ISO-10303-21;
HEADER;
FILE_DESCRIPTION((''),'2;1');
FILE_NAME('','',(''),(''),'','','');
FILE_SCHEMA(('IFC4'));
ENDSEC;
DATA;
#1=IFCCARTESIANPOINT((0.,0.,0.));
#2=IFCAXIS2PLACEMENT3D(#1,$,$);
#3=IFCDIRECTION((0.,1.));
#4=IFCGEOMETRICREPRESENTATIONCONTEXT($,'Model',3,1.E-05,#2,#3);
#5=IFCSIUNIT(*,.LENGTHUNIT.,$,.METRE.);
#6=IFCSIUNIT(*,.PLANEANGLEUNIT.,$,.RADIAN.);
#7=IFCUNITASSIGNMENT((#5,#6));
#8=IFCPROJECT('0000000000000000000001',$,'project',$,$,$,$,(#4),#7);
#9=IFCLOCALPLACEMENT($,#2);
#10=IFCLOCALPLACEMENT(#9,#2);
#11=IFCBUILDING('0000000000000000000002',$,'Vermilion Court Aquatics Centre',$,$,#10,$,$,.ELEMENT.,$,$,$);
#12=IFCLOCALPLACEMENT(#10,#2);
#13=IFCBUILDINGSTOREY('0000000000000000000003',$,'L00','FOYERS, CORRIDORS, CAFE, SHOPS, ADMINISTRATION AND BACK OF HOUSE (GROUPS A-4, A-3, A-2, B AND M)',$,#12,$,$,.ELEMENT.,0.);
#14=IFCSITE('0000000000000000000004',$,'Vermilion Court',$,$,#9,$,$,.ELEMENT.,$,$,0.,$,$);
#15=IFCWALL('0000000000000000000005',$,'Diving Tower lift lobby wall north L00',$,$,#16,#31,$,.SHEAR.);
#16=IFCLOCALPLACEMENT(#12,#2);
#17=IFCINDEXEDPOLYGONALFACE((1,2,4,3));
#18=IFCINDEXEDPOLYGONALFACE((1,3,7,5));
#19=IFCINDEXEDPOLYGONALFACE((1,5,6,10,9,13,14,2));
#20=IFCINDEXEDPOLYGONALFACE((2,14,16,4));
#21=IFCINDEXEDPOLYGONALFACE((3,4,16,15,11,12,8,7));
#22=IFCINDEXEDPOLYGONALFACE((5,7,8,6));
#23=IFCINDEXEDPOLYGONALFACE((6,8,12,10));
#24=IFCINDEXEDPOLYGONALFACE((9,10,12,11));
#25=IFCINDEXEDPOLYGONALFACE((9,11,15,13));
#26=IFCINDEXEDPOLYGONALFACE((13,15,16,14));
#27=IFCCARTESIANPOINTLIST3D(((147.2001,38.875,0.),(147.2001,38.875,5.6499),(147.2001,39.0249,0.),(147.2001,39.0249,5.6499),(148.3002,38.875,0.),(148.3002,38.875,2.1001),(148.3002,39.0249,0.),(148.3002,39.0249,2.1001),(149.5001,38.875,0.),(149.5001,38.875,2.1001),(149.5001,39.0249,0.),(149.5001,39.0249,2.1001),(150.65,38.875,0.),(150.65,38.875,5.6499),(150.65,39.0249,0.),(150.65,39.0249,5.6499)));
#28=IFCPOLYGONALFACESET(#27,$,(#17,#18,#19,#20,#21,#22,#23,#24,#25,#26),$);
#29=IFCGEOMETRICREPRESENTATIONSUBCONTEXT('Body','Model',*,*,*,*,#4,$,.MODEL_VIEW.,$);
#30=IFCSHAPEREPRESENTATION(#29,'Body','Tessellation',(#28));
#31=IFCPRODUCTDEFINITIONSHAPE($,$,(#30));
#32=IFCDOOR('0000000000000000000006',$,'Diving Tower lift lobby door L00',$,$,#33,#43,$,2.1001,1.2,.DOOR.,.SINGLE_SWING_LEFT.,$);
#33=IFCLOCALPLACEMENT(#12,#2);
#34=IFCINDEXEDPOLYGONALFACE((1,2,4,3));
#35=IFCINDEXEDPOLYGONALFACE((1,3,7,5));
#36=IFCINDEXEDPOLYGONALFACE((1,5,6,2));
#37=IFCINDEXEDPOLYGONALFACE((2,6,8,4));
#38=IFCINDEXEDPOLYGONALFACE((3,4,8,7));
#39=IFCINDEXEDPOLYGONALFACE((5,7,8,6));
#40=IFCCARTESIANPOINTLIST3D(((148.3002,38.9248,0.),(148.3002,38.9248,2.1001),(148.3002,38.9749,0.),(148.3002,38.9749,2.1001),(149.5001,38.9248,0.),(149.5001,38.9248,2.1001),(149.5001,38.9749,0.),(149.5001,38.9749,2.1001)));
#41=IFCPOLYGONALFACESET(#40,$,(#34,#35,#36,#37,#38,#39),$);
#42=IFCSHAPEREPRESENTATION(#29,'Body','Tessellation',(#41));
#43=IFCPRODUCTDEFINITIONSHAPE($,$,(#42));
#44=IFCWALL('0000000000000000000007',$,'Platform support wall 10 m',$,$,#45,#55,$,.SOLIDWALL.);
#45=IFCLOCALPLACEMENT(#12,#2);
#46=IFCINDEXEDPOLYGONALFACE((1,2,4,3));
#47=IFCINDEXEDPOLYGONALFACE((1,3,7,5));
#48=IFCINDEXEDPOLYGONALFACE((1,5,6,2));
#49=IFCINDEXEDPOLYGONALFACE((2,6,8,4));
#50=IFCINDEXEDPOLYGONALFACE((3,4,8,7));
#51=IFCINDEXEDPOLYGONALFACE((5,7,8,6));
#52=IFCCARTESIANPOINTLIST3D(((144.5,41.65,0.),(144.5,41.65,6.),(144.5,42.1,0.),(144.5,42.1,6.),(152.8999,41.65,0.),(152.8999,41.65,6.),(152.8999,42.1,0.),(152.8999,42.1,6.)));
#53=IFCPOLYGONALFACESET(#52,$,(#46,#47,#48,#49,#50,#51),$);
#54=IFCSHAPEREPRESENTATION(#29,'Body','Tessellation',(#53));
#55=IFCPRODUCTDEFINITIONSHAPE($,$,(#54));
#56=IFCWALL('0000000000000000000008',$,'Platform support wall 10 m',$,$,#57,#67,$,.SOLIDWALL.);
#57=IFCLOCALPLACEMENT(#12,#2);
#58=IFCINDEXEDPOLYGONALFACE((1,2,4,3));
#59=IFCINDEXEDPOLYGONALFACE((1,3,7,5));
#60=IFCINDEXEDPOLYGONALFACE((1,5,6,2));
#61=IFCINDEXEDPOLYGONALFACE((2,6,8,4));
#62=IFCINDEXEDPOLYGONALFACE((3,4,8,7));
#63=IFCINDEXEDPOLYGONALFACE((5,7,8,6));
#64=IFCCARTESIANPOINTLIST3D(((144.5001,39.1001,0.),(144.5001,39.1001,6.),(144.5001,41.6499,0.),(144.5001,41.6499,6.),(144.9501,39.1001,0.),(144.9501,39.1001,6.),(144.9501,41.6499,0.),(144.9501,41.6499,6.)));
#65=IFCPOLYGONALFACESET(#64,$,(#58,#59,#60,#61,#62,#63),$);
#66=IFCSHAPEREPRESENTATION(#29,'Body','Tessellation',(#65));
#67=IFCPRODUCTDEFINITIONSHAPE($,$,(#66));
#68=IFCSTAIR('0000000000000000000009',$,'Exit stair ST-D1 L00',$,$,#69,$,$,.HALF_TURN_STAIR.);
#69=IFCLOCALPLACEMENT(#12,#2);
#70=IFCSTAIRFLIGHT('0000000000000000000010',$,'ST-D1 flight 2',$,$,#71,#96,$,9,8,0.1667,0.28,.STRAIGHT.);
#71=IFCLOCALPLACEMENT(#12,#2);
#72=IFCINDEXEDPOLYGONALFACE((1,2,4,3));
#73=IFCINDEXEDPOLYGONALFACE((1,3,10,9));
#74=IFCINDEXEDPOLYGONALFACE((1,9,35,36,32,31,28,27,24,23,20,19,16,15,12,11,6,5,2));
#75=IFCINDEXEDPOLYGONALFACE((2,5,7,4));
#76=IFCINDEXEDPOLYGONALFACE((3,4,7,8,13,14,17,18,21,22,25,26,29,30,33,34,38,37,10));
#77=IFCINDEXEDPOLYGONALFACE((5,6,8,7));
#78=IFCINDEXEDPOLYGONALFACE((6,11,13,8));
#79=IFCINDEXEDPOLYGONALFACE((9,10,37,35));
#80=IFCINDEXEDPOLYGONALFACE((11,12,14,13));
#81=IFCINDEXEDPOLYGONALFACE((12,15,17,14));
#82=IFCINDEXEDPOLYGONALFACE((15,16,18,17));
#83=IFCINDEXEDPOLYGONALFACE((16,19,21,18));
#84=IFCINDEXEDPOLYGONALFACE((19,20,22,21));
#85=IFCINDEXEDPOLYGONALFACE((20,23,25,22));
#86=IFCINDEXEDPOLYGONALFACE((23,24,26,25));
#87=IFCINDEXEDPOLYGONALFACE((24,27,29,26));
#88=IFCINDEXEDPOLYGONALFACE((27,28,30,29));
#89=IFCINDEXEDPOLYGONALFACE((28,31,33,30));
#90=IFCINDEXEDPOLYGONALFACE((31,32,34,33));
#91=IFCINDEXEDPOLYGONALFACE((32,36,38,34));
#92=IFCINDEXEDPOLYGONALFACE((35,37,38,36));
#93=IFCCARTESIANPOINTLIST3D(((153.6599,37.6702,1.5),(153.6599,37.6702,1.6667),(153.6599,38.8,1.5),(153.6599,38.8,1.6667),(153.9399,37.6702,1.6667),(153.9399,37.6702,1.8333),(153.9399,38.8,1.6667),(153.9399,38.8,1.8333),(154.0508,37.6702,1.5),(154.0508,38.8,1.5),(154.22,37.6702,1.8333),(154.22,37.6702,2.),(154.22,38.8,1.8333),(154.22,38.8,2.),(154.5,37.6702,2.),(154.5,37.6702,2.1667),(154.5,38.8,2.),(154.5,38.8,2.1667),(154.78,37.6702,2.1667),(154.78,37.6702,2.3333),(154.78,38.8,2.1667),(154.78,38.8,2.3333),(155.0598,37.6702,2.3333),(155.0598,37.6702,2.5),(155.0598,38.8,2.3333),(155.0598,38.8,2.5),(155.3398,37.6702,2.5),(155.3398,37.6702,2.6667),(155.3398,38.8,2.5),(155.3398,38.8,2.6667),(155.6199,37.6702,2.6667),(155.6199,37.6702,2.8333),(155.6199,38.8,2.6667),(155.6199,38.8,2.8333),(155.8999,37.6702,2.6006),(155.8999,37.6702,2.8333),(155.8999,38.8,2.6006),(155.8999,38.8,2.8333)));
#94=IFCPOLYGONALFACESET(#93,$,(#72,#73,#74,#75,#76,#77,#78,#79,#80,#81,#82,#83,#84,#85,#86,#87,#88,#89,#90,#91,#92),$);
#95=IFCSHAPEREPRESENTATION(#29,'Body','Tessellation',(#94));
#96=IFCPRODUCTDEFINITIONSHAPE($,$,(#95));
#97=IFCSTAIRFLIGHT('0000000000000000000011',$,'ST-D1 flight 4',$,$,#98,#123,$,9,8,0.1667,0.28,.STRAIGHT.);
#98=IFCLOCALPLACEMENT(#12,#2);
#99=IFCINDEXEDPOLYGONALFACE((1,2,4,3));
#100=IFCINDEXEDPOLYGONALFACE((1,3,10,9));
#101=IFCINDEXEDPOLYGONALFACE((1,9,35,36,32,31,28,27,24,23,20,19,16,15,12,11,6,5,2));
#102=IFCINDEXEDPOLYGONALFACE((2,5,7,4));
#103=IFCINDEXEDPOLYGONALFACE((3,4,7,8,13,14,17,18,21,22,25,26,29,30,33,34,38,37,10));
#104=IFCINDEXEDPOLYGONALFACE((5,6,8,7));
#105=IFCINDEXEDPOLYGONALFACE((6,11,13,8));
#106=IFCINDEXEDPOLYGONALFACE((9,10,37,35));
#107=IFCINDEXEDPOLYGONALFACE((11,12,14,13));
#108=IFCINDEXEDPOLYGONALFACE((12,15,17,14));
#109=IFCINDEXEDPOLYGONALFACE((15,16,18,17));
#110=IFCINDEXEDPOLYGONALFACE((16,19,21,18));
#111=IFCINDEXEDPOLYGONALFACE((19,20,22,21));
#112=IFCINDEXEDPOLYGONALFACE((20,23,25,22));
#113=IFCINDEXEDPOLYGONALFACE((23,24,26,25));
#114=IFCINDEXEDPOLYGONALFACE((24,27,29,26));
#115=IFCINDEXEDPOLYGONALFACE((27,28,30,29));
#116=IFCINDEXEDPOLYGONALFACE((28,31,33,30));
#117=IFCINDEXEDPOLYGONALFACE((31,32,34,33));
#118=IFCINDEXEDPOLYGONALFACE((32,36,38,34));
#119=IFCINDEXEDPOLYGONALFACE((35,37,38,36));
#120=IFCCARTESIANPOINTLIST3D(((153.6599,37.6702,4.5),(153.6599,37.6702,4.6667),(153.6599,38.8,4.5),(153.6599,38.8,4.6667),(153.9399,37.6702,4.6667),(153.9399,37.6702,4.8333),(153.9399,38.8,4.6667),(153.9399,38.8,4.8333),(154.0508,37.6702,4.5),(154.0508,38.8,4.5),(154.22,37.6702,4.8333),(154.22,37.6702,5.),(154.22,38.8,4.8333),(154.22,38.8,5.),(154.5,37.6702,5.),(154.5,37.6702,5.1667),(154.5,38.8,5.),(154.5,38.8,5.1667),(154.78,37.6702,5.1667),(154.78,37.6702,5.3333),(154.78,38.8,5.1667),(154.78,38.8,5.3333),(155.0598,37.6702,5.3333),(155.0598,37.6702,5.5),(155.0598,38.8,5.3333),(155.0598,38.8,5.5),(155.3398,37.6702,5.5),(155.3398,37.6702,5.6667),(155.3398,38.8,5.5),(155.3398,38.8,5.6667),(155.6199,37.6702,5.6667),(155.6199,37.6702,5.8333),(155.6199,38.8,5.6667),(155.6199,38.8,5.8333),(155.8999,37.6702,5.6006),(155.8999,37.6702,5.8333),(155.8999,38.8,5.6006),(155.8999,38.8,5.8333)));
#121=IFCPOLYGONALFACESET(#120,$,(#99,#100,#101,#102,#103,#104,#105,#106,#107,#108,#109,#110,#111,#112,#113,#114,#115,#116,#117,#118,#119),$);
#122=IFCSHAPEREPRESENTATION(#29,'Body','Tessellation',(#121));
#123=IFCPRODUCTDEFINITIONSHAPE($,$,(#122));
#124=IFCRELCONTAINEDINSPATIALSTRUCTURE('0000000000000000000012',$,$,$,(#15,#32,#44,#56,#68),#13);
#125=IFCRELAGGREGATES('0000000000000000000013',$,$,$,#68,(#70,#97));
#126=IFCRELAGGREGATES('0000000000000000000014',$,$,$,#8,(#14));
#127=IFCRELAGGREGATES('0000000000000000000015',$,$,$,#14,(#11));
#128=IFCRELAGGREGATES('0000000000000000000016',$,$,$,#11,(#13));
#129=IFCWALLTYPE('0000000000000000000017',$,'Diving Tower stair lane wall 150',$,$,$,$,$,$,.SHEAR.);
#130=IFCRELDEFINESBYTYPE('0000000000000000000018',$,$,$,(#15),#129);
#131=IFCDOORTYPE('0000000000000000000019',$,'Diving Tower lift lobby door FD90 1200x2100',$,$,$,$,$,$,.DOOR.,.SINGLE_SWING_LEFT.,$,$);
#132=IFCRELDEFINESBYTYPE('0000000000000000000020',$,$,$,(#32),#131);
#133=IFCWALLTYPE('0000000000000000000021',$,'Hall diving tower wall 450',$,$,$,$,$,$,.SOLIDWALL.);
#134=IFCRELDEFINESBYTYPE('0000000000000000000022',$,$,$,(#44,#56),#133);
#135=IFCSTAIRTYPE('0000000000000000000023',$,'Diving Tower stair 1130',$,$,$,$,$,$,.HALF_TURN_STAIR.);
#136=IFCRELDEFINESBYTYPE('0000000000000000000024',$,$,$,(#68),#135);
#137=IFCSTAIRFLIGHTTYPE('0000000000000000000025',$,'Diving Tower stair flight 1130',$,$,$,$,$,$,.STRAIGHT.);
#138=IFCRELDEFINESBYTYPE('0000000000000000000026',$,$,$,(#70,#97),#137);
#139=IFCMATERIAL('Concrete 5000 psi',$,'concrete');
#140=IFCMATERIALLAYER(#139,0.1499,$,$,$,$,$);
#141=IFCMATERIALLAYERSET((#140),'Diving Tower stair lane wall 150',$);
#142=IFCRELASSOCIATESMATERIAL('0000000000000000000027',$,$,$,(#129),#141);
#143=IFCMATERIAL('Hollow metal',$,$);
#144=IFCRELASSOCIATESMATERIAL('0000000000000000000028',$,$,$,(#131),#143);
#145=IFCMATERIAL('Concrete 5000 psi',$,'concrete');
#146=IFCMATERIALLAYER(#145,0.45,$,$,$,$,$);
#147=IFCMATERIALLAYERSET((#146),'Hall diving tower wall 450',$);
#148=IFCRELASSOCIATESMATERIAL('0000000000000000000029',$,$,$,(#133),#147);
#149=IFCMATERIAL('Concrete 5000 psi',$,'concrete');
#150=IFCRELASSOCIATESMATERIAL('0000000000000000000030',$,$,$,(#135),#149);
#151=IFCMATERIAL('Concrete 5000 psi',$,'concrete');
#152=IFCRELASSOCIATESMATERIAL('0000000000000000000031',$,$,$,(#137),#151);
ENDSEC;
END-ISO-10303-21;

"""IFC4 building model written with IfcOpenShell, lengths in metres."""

from ifc_helpers import new_model, si_unit, direction, frame, frame_2d, origin, place, context, subcontext, project, spatial, polyline, rectangle, outline, extrude, material, layer, layer_set, type_object, element, fill, aggregate, save


model = new_model("IFC4")

# Units and contexts
model_context = context("Model", 3, precision=1e-05, world=origin(), true_north=direction((0.0, 1.0)))
body_context = subcontext(model_context, "Body", "Model", "MODEL_VIEW")
ifc_project = project(units=[si_unit("LENGTHUNIT", "METRE"), si_unit("PLANEANGLEUNIT", "RADIAN")], contexts=[model_context])

# Site, building, storey
site_placement = place(None, origin())
site = spatial("IfcSite", under=ifc_project, at=site_placement, Name="Vermilion Court", CompositionType="ELEMENT", RefElevation=0.0)
building_placement = place(site_placement, origin())
building = spatial("IfcBuilding", under=site, at=building_placement, Name="Vermilion Court Aquatics Centre", CompositionType="ELEMENT")
storey_placement = place(building_placement, origin())
storey = spatial("IfcBuildingStorey", under=building, at=storey_placement, Name="L00", Description="FOYERS, CORRIDORS, CAFE, SHOPS, ADMINISTRATION AND BACK OF HOUSE (GROUPS A-4, A-3, A-2, B AND M)", CompositionType="ELEMENT", Elevation=0.0)

# Wall, opening, door
ifc_material_1 = material(Name="Concrete 5000 psi", Category="concrete")
ifc_layer_1 = layer(ifc_material_1, 0.1499)
ifc_layer_set_1 = layer_set([ifc_layer_1], Name="Diving Tower stair lane wall 150")
wall_type_1 = type_object("IfcWallType", Name="Diving Tower stair lane wall 150", PredefinedType="SHEAR", material=ifc_layer_set_1)
wall_1_placement = place(storey_placement, frame((147.2, 38.95, 0.0), z_axis=(0.0, 0.0, 1.0), x_axis=(1.0, 0.0, 0.0)))
wall_1 = element("IfcWall", 1, at=wall_1_placement, inside=storey, type_object=wall_type_1, Name="Diving Tower lift lobby wall north L00", PredefinedType="SHEAR", context=body_context, shape_type="SweptSolid", body=[
    extrude(rectangle(XDim=3.45, YDim=0.1499, at=frame_2d((1.7251, 0.0))), origin(), (0.0, 0.0, 1.0), 5.6499),
])
opening_1_placement = place(wall_1_placement, frame((1.1001, 0.0, 0.0)))
opening_1 = element("IfcOpeningElement", 2, at=opening_1_placement, cuts=wall_1, PredefinedType="OPENING", context=body_context, shape_type="SweptSolid", body=[
    extrude(rectangle(XDim=1.2, YDim=2.1001, at=frame_2d((0.6001, 1.05))), frame((0.0, 0.085, 0.0), z_axis=(0.0, -1.0, 0.0), x_axis=(1.0, 0.0, 0.0)), (0.0, 0.0, 1.0), 0.1699),
])
ifc_material_2 = material(Name="Hollow metal")
door_type_1 = type_object("IfcDoorType", Name="Diving Tower lift lobby door FD90 1200x2100", OperationType="SINGLE_SWING_LEFT", PredefinedType="DOOR", material=ifc_material_2)
door_1_placement = place(opening_1_placement, origin())
door_1 = element("IfcDoor", 3, at=door_1_placement, inside=storey, type_object=door_type_1, Name="Diving Tower lift lobby door L00", OperationType="SINGLE_SWING_LEFT", OverallHeight=2.1001, OverallWidth=1.2, PredefinedType="DOOR", context=body_context, shape_type="SweptSolid", body=[
    extrude(rectangle(XDim=1.2, YDim=2.1001, at=frame_2d((0.6001, 1.05))), frame((0.0, 0.0249, 0.0), z_axis=(0.0, -1.0, 0.0), x_axis=(1.0, 0.0, 0.0)), (0.0, 0.0, 1.0), 0.05),
])
fill(opening_1, door_1)

# Walls
ifc_material_3 = material(Name="Concrete 5000 psi", Category="concrete")
ifc_layer_2 = layer(ifc_material_3, 0.45)
ifc_layer_set_2 = layer_set([ifc_layer_2], Name="Hall diving tower wall 450")
wall_type_2 = type_object("IfcWallType", Name="Hall diving tower wall 450", PredefinedType="SOLIDWALL", material=ifc_layer_set_2)
wall_2_placement = place(storey_placement, frame((144.5, 41.875, 0.0), z_axis=(0.0, 0.0, 1.0), x_axis=(1.0, 0.0, 0.0)))
element("IfcWall", 4, at=wall_2_placement, inside=storey, type_object=wall_type_2, Name="Platform support wall 10 m", PredefinedType="SOLIDWALL", context=body_context, shape_type="SweptSolid", body=[
    extrude(rectangle(XDim=8.3999, YDim=0.45, at=frame_2d((4.2, 0.0))), origin(), (0.0, 0.0, 1.0), 6.0),
])
wall_3_placement = place(storey_placement, frame((144.7251, 39.1001, 0.0), z_axis=(0.0, 0.0, 1.0), x_axis=(0.0, 1.0, 0.0)))
element("IfcWall", 5, at=wall_3_placement, inside=storey, type_object=wall_type_2, Name="Platform support wall 10 m", PredefinedType="SOLIDWALL", context=body_context, shape_type="SweptSolid", body=[
    extrude(rectangle(XDim=2.5498, YDim=0.45, at=frame_2d((1.2749, 0.0))), origin(), (0.0, 0.0, 1.0), 6.0),
])

# Stair, stair flights
ifc_material_4 = material(Name="Concrete 5000 psi", Category="concrete")
stair_type = type_object("IfcStairType", Name="Diving Tower stair 1130", PredefinedType="HALF_TURN_STAIR", material=ifc_material_4)
stair_placement = place(storey_placement, origin())
stair = element("IfcStair", 6, at=stair_placement, inside=storey, type_object=stair_type, Name="Exit stair ST-D1 L00", PredefinedType="HALF_TURN_STAIR")
ifc_material_5 = material(Name="Concrete 5000 psi", Category="concrete")
stair_flight_type = type_object("IfcStairFlightType", Name="Diving Tower stair flight 1130", PredefinedType="STRAIGHT", material=ifc_material_5)
stair_flight_1_placement = place(storey_placement, frame((153.6599, 38.2351, 1.5), z_axis=(0.0, 0.0, 1.0), x_axis=(1.0, 0.0, 0.0)))
stair_flight_1 = element("IfcStairFlight", 7, at=stair_flight_1_placement, type_object=stair_flight_type, Name="ST-D1 flight 2", NumberOfRisers=9, NumberOfTreads=8, PredefinedType="STRAIGHT", RiserHeight=0.1667, TreadLength=0.28, context=body_context, shape_type="SweptSolid", body=[
    extrude(outline(polyline([(0.0, 0.0), (0.0, 0.1667), (0.28, 0.1667), (0.28, 0.3333), (0.5601, 0.3333), (0.5601, 0.5), (0.8401, 0.5), (0.8401, 0.6667), (1.1201, 0.6667), (1.1201, 0.8333), (1.3999, 0.8333), (1.3999, 1.0), (1.6799, 1.0), (1.6799, 1.1667), (1.96, 1.1667), (1.96, 1.3333), (2.24, 1.3333), (2.24, 1.5), (2.24, 1.1006), (0.3909, 0.0), (0.0, 0.0)])), frame((0.0, 0.5649, 0.0), z_axis=(0.0, -1.0, 0.0), x_axis=(1.0, 0.0, 0.0)), (0.0, 0.0, 1.0), 1.1299),
])
stair_flight_2_placement = place(storey_placement, frame((153.6599, 38.2351, 4.5), z_axis=(0.0, 0.0, 1.0), x_axis=(1.0, 0.0, 0.0)))
stair_flight_2 = element("IfcStairFlight", 8, at=stair_flight_2_placement, type_object=stair_flight_type, Name="ST-D1 flight 4", NumberOfRisers=9, NumberOfTreads=8, PredefinedType="STRAIGHT", RiserHeight=0.1667, TreadLength=0.28, context=body_context, shape_type="SweptSolid", body=[
    extrude(outline(polyline([(0.0, 0.0), (0.0, 0.1667), (0.28, 0.1667), (0.28, 0.3333), (0.5601, 0.3333), (0.5601, 0.5), (0.8401, 0.5), (0.8401, 0.6667), (1.1201, 0.6667), (1.1201, 0.8333), (1.3999, 0.8333), (1.3999, 1.0), (1.6799, 1.0), (1.6799, 1.1667), (1.96, 1.1667), (1.96, 1.3333), (2.24, 1.3333), (2.24, 1.5), (2.24, 1.1006), (0.3909, 0.0), (0.0, 0.0)])), frame((0.0, 0.5649, 0.0), z_axis=(0.0, -1.0, 0.0), x_axis=(1.0, 0.0, 0.0)), (0.0, 0.0, 1.0), 1.1299),
])
aggregate(stair, [stair_flight_1, stair_flight_2])

save(model, "model.ifc")
